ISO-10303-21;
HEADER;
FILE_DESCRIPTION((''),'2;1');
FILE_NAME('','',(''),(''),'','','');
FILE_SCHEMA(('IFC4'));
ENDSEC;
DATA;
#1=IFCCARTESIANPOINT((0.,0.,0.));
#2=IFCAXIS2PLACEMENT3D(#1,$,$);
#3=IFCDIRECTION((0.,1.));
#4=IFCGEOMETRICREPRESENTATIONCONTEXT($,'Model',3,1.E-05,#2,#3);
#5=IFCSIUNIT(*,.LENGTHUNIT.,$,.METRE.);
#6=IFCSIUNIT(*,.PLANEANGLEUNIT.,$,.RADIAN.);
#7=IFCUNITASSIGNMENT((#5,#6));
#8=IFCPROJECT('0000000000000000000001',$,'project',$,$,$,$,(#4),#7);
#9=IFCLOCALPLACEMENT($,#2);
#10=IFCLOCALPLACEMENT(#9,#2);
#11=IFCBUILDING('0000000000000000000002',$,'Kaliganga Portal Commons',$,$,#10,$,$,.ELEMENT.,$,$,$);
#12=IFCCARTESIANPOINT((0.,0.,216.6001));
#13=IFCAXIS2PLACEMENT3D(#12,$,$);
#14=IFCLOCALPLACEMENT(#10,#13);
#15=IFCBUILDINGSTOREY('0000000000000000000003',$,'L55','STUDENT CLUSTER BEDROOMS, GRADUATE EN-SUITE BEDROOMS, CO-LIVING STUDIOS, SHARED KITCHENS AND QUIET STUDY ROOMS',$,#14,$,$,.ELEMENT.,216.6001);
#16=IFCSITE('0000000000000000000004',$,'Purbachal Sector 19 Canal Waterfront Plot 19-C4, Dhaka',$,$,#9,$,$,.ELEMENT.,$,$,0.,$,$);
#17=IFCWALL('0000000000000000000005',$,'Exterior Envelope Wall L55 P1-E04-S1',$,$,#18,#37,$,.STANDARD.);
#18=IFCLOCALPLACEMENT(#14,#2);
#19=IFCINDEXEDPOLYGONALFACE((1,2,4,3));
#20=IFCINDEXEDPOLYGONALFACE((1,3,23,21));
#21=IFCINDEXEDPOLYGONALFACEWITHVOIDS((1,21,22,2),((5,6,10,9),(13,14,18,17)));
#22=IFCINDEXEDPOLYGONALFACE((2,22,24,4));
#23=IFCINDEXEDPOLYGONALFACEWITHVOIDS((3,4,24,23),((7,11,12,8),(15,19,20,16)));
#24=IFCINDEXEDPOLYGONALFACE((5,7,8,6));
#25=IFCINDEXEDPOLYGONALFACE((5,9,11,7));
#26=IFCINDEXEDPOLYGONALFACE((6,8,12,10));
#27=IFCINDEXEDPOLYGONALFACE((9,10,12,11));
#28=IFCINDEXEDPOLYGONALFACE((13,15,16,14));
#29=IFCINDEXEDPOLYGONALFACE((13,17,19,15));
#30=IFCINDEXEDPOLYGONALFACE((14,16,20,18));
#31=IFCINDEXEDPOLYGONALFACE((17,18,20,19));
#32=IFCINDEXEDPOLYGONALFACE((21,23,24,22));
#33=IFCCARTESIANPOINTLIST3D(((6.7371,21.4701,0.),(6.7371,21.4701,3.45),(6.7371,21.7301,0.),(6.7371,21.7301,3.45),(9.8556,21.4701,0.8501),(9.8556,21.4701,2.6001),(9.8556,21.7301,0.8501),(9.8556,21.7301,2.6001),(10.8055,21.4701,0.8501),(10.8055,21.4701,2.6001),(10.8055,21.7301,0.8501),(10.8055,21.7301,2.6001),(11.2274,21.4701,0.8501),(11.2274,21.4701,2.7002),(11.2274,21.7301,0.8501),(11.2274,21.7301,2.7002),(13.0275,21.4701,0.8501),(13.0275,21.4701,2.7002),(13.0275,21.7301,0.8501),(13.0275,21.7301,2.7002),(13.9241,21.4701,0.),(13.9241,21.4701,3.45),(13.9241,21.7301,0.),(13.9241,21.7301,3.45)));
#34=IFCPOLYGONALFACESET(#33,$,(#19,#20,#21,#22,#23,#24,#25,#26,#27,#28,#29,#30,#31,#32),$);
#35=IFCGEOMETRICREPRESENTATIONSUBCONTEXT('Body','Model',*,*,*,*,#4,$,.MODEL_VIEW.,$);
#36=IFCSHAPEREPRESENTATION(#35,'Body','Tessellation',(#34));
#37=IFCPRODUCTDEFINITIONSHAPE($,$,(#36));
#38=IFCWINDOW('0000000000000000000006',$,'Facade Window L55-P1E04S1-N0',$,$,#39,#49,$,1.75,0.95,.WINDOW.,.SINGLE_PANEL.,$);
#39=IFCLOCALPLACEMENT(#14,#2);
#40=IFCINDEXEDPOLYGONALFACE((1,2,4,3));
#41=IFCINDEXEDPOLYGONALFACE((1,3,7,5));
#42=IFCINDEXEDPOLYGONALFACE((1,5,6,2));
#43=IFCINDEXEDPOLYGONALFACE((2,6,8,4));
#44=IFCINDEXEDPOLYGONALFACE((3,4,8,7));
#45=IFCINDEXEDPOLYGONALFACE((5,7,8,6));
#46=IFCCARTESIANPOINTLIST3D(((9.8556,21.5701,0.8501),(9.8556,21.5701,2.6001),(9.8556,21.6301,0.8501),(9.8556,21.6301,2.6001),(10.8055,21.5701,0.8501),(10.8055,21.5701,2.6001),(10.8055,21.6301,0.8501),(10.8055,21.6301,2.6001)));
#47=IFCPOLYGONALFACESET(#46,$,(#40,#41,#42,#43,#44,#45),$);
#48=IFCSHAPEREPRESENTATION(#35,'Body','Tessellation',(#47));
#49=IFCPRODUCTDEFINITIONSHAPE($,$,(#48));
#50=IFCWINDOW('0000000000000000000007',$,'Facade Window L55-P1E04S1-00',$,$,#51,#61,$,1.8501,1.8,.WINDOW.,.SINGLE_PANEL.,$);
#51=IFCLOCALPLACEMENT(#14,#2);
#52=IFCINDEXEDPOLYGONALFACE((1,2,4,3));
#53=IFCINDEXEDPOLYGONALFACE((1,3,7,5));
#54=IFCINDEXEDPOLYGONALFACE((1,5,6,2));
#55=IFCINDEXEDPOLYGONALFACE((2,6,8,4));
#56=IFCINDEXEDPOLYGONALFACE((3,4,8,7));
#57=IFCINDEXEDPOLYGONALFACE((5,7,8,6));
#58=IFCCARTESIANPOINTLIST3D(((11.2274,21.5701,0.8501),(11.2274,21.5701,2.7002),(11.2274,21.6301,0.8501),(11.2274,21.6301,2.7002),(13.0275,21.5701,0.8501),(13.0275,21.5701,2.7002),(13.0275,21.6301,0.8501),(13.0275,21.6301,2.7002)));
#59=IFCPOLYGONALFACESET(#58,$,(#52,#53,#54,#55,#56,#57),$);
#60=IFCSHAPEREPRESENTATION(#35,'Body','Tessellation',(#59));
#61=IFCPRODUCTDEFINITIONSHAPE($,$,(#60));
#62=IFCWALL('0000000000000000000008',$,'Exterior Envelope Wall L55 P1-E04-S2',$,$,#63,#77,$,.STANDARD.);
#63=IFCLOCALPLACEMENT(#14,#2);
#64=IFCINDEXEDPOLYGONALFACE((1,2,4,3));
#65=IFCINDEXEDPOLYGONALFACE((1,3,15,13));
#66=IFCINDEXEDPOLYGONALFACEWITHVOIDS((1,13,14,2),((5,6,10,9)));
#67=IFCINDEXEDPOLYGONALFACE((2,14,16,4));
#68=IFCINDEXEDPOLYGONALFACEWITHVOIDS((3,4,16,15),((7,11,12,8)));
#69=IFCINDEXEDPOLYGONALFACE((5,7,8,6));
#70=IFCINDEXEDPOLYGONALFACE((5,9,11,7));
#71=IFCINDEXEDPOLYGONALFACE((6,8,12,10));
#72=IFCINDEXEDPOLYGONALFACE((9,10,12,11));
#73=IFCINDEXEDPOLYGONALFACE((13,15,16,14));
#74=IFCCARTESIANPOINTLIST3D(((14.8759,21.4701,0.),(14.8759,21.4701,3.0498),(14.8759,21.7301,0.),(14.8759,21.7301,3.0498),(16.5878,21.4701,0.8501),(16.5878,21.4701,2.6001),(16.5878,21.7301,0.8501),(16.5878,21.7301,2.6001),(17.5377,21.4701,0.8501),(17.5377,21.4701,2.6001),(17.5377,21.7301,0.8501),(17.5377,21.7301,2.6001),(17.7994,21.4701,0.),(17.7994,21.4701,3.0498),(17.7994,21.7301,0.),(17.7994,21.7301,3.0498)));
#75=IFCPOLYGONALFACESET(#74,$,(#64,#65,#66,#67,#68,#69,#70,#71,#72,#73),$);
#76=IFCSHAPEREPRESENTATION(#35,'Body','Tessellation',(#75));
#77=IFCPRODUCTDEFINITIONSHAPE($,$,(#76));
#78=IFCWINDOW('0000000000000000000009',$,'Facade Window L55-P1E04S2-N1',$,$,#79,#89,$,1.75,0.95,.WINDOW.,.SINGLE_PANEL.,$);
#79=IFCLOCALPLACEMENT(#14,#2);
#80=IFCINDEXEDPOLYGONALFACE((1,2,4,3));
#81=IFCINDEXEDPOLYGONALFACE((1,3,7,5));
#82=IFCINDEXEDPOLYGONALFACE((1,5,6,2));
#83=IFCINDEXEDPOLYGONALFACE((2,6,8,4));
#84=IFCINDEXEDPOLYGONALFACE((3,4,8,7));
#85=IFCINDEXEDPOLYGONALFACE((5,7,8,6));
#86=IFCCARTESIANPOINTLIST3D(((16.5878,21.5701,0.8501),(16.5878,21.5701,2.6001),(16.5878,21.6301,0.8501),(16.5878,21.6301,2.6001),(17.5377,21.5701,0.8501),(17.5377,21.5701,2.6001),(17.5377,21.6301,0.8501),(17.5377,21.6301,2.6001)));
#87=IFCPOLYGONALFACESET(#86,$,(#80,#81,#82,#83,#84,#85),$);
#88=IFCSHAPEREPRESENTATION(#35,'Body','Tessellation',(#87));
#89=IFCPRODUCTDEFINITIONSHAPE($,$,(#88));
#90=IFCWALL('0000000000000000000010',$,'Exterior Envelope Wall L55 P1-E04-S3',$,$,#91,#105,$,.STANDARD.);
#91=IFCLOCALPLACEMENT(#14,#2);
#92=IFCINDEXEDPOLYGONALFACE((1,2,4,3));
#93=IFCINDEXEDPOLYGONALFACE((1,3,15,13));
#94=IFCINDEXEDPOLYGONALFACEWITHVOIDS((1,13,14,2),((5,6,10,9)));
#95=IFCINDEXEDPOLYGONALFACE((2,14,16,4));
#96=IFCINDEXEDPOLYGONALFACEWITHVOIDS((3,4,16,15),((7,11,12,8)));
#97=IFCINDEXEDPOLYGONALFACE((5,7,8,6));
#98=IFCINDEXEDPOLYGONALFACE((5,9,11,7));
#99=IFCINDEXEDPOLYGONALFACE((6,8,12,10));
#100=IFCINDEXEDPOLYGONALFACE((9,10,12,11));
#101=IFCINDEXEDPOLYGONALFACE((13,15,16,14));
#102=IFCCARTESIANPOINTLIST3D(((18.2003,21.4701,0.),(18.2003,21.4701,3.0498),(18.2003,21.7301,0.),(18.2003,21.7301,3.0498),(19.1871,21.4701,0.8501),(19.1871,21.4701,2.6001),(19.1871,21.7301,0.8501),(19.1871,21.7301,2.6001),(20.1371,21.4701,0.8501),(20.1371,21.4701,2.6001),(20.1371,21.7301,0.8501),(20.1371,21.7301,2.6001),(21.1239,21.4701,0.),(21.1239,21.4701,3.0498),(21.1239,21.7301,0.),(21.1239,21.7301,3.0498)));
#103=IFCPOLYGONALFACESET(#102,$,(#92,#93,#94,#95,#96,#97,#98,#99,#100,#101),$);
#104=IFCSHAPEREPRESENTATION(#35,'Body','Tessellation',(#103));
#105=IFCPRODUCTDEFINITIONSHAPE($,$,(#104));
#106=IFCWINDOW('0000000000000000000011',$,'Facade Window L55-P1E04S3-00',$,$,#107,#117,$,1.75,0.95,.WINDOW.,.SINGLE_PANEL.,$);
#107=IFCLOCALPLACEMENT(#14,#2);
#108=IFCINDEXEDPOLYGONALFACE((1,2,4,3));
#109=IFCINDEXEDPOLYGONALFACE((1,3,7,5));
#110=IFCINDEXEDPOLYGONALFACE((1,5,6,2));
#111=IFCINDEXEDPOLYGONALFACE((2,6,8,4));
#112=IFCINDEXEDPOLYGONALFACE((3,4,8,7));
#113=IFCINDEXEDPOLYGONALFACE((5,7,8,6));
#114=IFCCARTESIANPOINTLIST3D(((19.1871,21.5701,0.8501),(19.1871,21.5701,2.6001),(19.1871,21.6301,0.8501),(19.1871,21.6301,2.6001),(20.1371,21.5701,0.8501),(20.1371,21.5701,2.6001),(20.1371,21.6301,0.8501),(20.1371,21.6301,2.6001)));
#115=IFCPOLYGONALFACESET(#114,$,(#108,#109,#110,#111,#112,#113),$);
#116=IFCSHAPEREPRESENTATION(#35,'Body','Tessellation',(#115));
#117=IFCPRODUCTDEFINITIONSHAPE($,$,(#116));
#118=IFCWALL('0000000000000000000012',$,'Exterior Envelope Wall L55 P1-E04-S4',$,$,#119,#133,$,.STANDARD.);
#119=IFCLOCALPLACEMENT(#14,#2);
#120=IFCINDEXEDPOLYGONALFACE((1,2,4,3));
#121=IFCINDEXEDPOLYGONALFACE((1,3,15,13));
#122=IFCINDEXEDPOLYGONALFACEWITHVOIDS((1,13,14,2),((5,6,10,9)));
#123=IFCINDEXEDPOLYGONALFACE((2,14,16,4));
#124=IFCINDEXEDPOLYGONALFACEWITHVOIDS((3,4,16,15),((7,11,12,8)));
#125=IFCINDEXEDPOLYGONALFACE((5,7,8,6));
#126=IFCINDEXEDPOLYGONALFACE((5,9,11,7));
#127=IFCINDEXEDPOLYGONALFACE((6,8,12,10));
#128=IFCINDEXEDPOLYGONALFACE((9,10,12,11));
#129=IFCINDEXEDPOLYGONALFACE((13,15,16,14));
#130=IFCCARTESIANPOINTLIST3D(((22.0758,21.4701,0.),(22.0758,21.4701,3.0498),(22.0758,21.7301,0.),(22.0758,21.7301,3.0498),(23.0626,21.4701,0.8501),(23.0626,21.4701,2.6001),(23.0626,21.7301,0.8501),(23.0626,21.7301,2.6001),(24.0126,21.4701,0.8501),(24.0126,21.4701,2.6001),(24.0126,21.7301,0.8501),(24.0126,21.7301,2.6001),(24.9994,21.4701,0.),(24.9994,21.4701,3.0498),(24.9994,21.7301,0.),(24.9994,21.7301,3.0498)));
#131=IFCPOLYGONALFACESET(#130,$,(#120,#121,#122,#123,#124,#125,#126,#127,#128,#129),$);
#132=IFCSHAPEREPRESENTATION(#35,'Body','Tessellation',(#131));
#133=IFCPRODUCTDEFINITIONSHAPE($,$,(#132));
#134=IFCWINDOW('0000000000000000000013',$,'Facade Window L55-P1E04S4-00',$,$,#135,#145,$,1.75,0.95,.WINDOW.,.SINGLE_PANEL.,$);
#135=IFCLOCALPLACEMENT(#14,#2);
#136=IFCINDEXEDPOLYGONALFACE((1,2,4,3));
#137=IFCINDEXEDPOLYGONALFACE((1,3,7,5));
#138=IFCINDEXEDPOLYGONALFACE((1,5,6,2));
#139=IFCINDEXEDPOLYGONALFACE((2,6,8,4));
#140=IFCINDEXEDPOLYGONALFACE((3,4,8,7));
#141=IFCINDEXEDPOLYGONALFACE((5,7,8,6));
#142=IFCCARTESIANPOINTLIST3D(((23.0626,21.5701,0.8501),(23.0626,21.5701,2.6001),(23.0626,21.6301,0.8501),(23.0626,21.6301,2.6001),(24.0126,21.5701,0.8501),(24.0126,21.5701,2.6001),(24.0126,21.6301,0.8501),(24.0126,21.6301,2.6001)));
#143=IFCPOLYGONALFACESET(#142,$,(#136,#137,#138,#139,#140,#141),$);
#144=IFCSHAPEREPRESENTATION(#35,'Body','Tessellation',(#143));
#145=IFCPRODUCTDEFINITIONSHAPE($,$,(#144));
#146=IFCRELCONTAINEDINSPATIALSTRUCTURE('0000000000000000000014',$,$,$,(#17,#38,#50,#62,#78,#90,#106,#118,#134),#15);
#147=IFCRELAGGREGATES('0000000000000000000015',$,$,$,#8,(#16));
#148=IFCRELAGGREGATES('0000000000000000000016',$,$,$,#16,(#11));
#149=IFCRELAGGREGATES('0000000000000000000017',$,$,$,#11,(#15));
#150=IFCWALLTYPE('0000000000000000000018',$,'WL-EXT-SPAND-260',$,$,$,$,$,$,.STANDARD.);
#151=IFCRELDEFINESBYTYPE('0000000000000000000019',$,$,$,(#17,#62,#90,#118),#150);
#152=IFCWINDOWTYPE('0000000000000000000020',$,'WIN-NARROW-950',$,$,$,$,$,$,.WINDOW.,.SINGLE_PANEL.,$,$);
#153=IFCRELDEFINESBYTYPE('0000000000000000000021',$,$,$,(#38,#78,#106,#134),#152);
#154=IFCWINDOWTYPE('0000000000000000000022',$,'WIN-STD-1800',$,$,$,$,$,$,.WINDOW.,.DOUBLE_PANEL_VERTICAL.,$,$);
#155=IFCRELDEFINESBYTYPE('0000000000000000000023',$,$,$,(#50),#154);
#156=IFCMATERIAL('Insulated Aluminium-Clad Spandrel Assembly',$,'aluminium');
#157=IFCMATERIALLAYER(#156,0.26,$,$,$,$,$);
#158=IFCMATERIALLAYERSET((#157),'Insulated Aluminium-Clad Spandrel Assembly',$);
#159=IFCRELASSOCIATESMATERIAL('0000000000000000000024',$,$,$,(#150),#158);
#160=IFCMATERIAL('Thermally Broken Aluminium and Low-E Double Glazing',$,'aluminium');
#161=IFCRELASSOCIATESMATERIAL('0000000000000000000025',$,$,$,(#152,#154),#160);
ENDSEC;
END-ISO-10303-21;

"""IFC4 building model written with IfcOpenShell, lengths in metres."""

from ifc_helpers import new_model, si_unit, direction, frame, frame_2d, origin, place, context, subcontext, project, spatial, rectangle, extrude, material, layer, layer_set, type_object, element, fill, save


model = new_model("IFC4")

# Units and contexts
model_context = context("Model", 3, precision=1e-05, world=origin(), true_north=direction((0.0, 1.0)))
body_context = subcontext(model_context, "Body", "Model", "MODEL_VIEW")
ifc_project = project(units=[si_unit("LENGTHUNIT", "METRE"), si_unit("PLANEANGLEUNIT", "RADIAN")], contexts=[model_context])

# Site, building, storey
site_placement = place(None, origin())
site = spatial("IfcSite", under=ifc_project, at=site_placement, Name="Purbachal Sector 19 Canal Waterfront Plot 19-C4, Dhaka", CompositionType="ELEMENT", RefElevation=0.0)
building_placement = place(site_placement, origin())
building = spatial("IfcBuilding", under=site, at=building_placement, Name="Kaliganga Portal Commons", CompositionType="ELEMENT")
storey_placement = place(building_placement, frame((0.0, 0.0, 216.6001)))
storey = spatial("IfcBuildingStorey", under=building, at=storey_placement, Name="L55", Description="STUDENT CLUSTER BEDROOMS, GRADUATE EN-SUITE BEDROOMS, CO-LIVING STUDIOS, SHARED KITCHENS AND QUIET STUDY ROOMS", CompositionType="ELEMENT", Elevation=216.6001)

# Wall, openings, windows
ifc_material_1 = material(Name="Insulated Aluminium-Clad Spandrel Assembly", Category="aluminium")
ifc_layer_1 = layer(ifc_material_1, 0.26)
ifc_layer_set_1 = layer_set([ifc_layer_1], Name="Insulated Aluminium-Clad Spandrel Assembly")
wall_type_1 = type_object("IfcWallType", Name="WL-EXT-SPAND-260", PredefinedType="STANDARD", material=ifc_layer_set_1)
wall_1_placement = place(storey_placement, frame((13.9241, 21.6001, 0.0), z_axis=(0.0, 0.0, 1.0), x_axis=(-1.0, 0.0, 0.0)))
wall_1 = element("IfcWall", 1, at=wall_1_placement, inside=storey, type_object=wall_type_1, Name="Exterior Envelope Wall L55 P1-E04-S1", PredefinedType="STANDARD", context=body_context, shape_type="SweptSolid", body=[
    extrude(rectangle(XDim=7.187, YDim=0.26, at=frame_2d((3.5935, 0.0))), origin(), (0.0, 0.0, 1.0), 3.45),
])
opening_1_placement = place(wall_1_placement, frame((0.8967, 0.0, 0.8501)))
opening_1 = element("IfcOpeningElement", 2, at=opening_1_placement, cuts=wall_1, PredefinedType="OPENING", context=body_context, shape_type="SweptSolid", body=[
    extrude(rectangle(XDim=1.8, YDim=1.8501, at=frame_2d((0.8999, 0.925))), frame((0.0, 0.1401, 0.0), z_axis=(0.0, -1.0, 0.0), x_axis=(1.0, 0.0, 0.0)), (0.0, 0.0, 1.0), 0.28),
])
opening_2_placement = place(wall_1_placement, frame((3.1184, 0.0, 0.8501)))
opening_2 = element("IfcOpeningElement", 3, at=opening_2_placement, cuts=wall_1, PredefinedType="OPENING", context=body_context, shape_type="SweptSolid", body=[
    extrude(rectangle(XDim=0.95, YDim=1.75, at=frame_2d((0.4751, 0.875))), frame((0.0, 0.1401, 0.0), z_axis=(0.0, -1.0, 0.0), x_axis=(1.0, 0.0, 0.0)), (0.0, 0.0, 1.0), 0.28),
])
ifc_material_2 = material(Name="Thermally Broken Aluminium and Low-E Double Glazing", Category="aluminium")
window_type_1 = type_object("IfcWindowType", Name="WIN-NARROW-950", PartitioningType="SINGLE_PANEL", PredefinedType="WINDOW", material=ifc_material_2)
window_1_placement = place(opening_2_placement, origin())
window_1 = element("IfcWindow", 4, at=window_1_placement, inside=storey, type_object=window_type_1, Name="Facade Window L55-P1E04S1-N0", OverallHeight=1.75, OverallWidth=0.95, PartitioningType="SINGLE_PANEL", PredefinedType="WINDOW", context=body_context, shape_type="SweptSolid", body=[
    extrude(rectangle(XDim=0.95, YDim=1.75, at=frame_2d((0.4751, 0.875))), frame((0.0, 0.03, 0.0), z_axis=(0.0, -1.0, 0.0), x_axis=(1.0, 0.0, 0.0)), (0.0, 0.0, 1.0), 0.0601),
])
fill(opening_2, window_1)
window_type_2 = type_object("IfcWindowType", Name="WIN-STD-1800", PartitioningType="DOUBLE_PANEL_VERTICAL", PredefinedType="WINDOW", material=ifc_material_2)
window_2_placement = place(opening_1_placement, origin())
window_2 = element("IfcWindow", 5, at=window_2_placement, inside=storey, type_object=window_type_2, Name="Facade Window L55-P1E04S1-00", OverallHeight=1.8501, OverallWidth=1.8, PartitioningType="SINGLE_PANEL", PredefinedType="WINDOW", context=body_context, shape_type="SweptSolid", body=[
    extrude(rectangle(XDim=1.8, YDim=1.8501, at=frame_2d((0.8999, 0.925))), frame((0.0, 0.03, 0.0), z_axis=(0.0, -1.0, 0.0), x_axis=(1.0, 0.0, 0.0)), (0.0, 0.0, 1.0), 0.0601),
])
fill(opening_1, window_2)

# Walls, openings, windows
wall_2_placement = place(storey_placement, frame((17.7996, 21.6001, 0.0), z_axis=(0.0, 0.0, 1.0), x_axis=(-1.0, 0.0, 0.0)))
wall_2 = element("IfcWall", 6, at=wall_2_placement, inside=storey, type_object=wall_type_1, Name="Exterior Envelope Wall L55 P1-E04-S2", PredefinedType="STANDARD", context=body_context, shape_type="SweptSolid", body=[
    extrude(rectangle(XDim=2.9236, YDim=0.26, at=frame_2d((1.4619, 0.0))), origin(), (0.0, 0.0, 1.0), 3.0498),
])
opening_3_placement = place(wall_2_placement, frame((0.2617, 0.0, 0.8501)))
opening_3 = element("IfcOpeningElement", 7, at=opening_3_placement, cuts=wall_2, PredefinedType="OPENING", context=body_context, shape_type="SweptSolid", body=[
    extrude(rectangle(XDim=0.95, YDim=1.75, at=frame_2d((0.4751, 0.875))), frame((0.0, 0.1401, 0.0), z_axis=(0.0, -1.0, 0.0), x_axis=(1.0, 0.0, 0.0)), (0.0, 0.0, 1.0), 0.28),
])
window_3_placement = place(opening_3_placement, origin())
window_3 = element("IfcWindow", 8, at=window_3_placement, inside=storey, type_object=window_type_1, Name="Facade Window L55-P1E04S2-N1", OverallHeight=1.75, OverallWidth=0.95, PartitioningType="SINGLE_PANEL", PredefinedType="WINDOW", context=body_context, shape_type="SweptSolid", body=[
    extrude(rectangle(XDim=0.95, YDim=1.75, at=frame_2d((0.4751, 0.875))), frame((0.0, 0.03, 0.0), z_axis=(0.0, -1.0, 0.0), x_axis=(1.0, 0.0, 0.0)), (0.0, 0.0, 1.0), 0.0601),
])
fill(opening_3, window_3)
wall_3_placement = place(storey_placement, frame((21.124, 21.6001, 0.0), z_axis=(0.0, 0.0, 1.0), x_axis=(-1.0, 0.0, 0.0)))
wall_3 = element("IfcWall", 9, at=wall_3_placement, inside=storey, type_object=wall_type_1, Name="Exterior Envelope Wall L55 P1-E04-S3", PredefinedType="STANDARD", context=body_context, shape_type="SweptSolid", body=[
    extrude(rectangle(XDim=2.9236, YDim=0.26, at=frame_2d((1.4619, 0.0))), origin(), (0.0, 0.0, 1.0), 3.0498),
])
opening_4_placement = place(wall_3_placement, frame((0.9868, 0.0, 0.8501)))
opening_4 = element("IfcOpeningElement", 10, at=opening_4_placement, cuts=wall_3, PredefinedType="OPENING", context=body_context, shape_type="SweptSolid", body=[
    extrude(rectangle(XDim=0.95, YDim=1.75, at=frame_2d((0.4751, 0.875))), frame((0.0, 0.1401, 0.0), z_axis=(0.0, -1.0, 0.0), x_axis=(1.0, 0.0, 0.0)), (0.0, 0.0, 1.0), 0.28),
])
window_4_placement = place(opening_4_placement, origin())
window_4 = element("IfcWindow", 11, at=window_4_placement, inside=storey, type_object=window_type_1, Name="Facade Window L55-P1E04S3-00", OverallHeight=1.75, OverallWidth=0.95, PartitioningType="SINGLE_PANEL", PredefinedType="WINDOW", context=body_context, shape_type="SweptSolid", body=[
    extrude(rectangle(XDim=0.95, YDim=1.75, at=frame_2d((0.4751, 0.875))), frame((0.0, 0.03, 0.0), z_axis=(0.0, -1.0, 0.0), x_axis=(1.0, 0.0, 0.0)), (0.0, 0.0, 1.0), 0.0601),
])
fill(opening_4, window_4)
wall_4_placement = place(storey_placement, frame((24.9995, 21.6001, 0.0), z_axis=(0.0, 0.0, 1.0), x_axis=(-1.0, 0.0, 0.0)))
wall_4 = element("IfcWall", 12, at=wall_4_placement, inside=storey, type_object=wall_type_1, Name="Exterior Envelope Wall L55 P1-E04-S4", PredefinedType="STANDARD", context=body_context, shape_type="SweptSolid", body=[
    extrude(rectangle(XDim=2.9236, YDim=0.26, at=frame_2d((1.4619, 0.0))), origin(), (0.0, 0.0, 1.0), 3.0498),
])
opening_5_placement = place(wall_4_placement, frame((0.9868, 0.0, 0.8501)))
opening_5 = element("IfcOpeningElement", 13, at=opening_5_placement, cuts=wall_4, PredefinedType="OPENING", context=body_context, shape_type="SweptSolid", body=[
    extrude(rectangle(XDim=0.95, YDim=1.75, at=frame_2d((0.4751, 0.875))), frame((0.0, 0.1401, 0.0), z_axis=(0.0, -1.0, 0.0), x_axis=(1.0, 0.0, 0.0)), (0.0, 0.0, 1.0), 0.28),
])
window_5_placement = place(opening_5_placement, origin())
window_5 = element("IfcWindow", 14, at=window_5_placement, inside=storey, type_object=window_type_1, Name="Facade Window L55-P1E04S4-00", OverallHeight=1.75, OverallWidth=0.95, PartitioningType="SINGLE_PANEL", PredefinedType="WINDOW", context=body_context, shape_type="SweptSolid", body=[
    extrude(rectangle(XDim=0.95, YDim=1.75, at=frame_2d((0.4751, 0.875))), frame((0.0, 0.03, 0.0), z_axis=(0.0, -1.0, 0.0), x_axis=(1.0, 0.0, 0.0)), (0.0, 0.0, 1.0), 0.0601),
])
fill(opening_5, window_5)

save(model, "model.ifc")
